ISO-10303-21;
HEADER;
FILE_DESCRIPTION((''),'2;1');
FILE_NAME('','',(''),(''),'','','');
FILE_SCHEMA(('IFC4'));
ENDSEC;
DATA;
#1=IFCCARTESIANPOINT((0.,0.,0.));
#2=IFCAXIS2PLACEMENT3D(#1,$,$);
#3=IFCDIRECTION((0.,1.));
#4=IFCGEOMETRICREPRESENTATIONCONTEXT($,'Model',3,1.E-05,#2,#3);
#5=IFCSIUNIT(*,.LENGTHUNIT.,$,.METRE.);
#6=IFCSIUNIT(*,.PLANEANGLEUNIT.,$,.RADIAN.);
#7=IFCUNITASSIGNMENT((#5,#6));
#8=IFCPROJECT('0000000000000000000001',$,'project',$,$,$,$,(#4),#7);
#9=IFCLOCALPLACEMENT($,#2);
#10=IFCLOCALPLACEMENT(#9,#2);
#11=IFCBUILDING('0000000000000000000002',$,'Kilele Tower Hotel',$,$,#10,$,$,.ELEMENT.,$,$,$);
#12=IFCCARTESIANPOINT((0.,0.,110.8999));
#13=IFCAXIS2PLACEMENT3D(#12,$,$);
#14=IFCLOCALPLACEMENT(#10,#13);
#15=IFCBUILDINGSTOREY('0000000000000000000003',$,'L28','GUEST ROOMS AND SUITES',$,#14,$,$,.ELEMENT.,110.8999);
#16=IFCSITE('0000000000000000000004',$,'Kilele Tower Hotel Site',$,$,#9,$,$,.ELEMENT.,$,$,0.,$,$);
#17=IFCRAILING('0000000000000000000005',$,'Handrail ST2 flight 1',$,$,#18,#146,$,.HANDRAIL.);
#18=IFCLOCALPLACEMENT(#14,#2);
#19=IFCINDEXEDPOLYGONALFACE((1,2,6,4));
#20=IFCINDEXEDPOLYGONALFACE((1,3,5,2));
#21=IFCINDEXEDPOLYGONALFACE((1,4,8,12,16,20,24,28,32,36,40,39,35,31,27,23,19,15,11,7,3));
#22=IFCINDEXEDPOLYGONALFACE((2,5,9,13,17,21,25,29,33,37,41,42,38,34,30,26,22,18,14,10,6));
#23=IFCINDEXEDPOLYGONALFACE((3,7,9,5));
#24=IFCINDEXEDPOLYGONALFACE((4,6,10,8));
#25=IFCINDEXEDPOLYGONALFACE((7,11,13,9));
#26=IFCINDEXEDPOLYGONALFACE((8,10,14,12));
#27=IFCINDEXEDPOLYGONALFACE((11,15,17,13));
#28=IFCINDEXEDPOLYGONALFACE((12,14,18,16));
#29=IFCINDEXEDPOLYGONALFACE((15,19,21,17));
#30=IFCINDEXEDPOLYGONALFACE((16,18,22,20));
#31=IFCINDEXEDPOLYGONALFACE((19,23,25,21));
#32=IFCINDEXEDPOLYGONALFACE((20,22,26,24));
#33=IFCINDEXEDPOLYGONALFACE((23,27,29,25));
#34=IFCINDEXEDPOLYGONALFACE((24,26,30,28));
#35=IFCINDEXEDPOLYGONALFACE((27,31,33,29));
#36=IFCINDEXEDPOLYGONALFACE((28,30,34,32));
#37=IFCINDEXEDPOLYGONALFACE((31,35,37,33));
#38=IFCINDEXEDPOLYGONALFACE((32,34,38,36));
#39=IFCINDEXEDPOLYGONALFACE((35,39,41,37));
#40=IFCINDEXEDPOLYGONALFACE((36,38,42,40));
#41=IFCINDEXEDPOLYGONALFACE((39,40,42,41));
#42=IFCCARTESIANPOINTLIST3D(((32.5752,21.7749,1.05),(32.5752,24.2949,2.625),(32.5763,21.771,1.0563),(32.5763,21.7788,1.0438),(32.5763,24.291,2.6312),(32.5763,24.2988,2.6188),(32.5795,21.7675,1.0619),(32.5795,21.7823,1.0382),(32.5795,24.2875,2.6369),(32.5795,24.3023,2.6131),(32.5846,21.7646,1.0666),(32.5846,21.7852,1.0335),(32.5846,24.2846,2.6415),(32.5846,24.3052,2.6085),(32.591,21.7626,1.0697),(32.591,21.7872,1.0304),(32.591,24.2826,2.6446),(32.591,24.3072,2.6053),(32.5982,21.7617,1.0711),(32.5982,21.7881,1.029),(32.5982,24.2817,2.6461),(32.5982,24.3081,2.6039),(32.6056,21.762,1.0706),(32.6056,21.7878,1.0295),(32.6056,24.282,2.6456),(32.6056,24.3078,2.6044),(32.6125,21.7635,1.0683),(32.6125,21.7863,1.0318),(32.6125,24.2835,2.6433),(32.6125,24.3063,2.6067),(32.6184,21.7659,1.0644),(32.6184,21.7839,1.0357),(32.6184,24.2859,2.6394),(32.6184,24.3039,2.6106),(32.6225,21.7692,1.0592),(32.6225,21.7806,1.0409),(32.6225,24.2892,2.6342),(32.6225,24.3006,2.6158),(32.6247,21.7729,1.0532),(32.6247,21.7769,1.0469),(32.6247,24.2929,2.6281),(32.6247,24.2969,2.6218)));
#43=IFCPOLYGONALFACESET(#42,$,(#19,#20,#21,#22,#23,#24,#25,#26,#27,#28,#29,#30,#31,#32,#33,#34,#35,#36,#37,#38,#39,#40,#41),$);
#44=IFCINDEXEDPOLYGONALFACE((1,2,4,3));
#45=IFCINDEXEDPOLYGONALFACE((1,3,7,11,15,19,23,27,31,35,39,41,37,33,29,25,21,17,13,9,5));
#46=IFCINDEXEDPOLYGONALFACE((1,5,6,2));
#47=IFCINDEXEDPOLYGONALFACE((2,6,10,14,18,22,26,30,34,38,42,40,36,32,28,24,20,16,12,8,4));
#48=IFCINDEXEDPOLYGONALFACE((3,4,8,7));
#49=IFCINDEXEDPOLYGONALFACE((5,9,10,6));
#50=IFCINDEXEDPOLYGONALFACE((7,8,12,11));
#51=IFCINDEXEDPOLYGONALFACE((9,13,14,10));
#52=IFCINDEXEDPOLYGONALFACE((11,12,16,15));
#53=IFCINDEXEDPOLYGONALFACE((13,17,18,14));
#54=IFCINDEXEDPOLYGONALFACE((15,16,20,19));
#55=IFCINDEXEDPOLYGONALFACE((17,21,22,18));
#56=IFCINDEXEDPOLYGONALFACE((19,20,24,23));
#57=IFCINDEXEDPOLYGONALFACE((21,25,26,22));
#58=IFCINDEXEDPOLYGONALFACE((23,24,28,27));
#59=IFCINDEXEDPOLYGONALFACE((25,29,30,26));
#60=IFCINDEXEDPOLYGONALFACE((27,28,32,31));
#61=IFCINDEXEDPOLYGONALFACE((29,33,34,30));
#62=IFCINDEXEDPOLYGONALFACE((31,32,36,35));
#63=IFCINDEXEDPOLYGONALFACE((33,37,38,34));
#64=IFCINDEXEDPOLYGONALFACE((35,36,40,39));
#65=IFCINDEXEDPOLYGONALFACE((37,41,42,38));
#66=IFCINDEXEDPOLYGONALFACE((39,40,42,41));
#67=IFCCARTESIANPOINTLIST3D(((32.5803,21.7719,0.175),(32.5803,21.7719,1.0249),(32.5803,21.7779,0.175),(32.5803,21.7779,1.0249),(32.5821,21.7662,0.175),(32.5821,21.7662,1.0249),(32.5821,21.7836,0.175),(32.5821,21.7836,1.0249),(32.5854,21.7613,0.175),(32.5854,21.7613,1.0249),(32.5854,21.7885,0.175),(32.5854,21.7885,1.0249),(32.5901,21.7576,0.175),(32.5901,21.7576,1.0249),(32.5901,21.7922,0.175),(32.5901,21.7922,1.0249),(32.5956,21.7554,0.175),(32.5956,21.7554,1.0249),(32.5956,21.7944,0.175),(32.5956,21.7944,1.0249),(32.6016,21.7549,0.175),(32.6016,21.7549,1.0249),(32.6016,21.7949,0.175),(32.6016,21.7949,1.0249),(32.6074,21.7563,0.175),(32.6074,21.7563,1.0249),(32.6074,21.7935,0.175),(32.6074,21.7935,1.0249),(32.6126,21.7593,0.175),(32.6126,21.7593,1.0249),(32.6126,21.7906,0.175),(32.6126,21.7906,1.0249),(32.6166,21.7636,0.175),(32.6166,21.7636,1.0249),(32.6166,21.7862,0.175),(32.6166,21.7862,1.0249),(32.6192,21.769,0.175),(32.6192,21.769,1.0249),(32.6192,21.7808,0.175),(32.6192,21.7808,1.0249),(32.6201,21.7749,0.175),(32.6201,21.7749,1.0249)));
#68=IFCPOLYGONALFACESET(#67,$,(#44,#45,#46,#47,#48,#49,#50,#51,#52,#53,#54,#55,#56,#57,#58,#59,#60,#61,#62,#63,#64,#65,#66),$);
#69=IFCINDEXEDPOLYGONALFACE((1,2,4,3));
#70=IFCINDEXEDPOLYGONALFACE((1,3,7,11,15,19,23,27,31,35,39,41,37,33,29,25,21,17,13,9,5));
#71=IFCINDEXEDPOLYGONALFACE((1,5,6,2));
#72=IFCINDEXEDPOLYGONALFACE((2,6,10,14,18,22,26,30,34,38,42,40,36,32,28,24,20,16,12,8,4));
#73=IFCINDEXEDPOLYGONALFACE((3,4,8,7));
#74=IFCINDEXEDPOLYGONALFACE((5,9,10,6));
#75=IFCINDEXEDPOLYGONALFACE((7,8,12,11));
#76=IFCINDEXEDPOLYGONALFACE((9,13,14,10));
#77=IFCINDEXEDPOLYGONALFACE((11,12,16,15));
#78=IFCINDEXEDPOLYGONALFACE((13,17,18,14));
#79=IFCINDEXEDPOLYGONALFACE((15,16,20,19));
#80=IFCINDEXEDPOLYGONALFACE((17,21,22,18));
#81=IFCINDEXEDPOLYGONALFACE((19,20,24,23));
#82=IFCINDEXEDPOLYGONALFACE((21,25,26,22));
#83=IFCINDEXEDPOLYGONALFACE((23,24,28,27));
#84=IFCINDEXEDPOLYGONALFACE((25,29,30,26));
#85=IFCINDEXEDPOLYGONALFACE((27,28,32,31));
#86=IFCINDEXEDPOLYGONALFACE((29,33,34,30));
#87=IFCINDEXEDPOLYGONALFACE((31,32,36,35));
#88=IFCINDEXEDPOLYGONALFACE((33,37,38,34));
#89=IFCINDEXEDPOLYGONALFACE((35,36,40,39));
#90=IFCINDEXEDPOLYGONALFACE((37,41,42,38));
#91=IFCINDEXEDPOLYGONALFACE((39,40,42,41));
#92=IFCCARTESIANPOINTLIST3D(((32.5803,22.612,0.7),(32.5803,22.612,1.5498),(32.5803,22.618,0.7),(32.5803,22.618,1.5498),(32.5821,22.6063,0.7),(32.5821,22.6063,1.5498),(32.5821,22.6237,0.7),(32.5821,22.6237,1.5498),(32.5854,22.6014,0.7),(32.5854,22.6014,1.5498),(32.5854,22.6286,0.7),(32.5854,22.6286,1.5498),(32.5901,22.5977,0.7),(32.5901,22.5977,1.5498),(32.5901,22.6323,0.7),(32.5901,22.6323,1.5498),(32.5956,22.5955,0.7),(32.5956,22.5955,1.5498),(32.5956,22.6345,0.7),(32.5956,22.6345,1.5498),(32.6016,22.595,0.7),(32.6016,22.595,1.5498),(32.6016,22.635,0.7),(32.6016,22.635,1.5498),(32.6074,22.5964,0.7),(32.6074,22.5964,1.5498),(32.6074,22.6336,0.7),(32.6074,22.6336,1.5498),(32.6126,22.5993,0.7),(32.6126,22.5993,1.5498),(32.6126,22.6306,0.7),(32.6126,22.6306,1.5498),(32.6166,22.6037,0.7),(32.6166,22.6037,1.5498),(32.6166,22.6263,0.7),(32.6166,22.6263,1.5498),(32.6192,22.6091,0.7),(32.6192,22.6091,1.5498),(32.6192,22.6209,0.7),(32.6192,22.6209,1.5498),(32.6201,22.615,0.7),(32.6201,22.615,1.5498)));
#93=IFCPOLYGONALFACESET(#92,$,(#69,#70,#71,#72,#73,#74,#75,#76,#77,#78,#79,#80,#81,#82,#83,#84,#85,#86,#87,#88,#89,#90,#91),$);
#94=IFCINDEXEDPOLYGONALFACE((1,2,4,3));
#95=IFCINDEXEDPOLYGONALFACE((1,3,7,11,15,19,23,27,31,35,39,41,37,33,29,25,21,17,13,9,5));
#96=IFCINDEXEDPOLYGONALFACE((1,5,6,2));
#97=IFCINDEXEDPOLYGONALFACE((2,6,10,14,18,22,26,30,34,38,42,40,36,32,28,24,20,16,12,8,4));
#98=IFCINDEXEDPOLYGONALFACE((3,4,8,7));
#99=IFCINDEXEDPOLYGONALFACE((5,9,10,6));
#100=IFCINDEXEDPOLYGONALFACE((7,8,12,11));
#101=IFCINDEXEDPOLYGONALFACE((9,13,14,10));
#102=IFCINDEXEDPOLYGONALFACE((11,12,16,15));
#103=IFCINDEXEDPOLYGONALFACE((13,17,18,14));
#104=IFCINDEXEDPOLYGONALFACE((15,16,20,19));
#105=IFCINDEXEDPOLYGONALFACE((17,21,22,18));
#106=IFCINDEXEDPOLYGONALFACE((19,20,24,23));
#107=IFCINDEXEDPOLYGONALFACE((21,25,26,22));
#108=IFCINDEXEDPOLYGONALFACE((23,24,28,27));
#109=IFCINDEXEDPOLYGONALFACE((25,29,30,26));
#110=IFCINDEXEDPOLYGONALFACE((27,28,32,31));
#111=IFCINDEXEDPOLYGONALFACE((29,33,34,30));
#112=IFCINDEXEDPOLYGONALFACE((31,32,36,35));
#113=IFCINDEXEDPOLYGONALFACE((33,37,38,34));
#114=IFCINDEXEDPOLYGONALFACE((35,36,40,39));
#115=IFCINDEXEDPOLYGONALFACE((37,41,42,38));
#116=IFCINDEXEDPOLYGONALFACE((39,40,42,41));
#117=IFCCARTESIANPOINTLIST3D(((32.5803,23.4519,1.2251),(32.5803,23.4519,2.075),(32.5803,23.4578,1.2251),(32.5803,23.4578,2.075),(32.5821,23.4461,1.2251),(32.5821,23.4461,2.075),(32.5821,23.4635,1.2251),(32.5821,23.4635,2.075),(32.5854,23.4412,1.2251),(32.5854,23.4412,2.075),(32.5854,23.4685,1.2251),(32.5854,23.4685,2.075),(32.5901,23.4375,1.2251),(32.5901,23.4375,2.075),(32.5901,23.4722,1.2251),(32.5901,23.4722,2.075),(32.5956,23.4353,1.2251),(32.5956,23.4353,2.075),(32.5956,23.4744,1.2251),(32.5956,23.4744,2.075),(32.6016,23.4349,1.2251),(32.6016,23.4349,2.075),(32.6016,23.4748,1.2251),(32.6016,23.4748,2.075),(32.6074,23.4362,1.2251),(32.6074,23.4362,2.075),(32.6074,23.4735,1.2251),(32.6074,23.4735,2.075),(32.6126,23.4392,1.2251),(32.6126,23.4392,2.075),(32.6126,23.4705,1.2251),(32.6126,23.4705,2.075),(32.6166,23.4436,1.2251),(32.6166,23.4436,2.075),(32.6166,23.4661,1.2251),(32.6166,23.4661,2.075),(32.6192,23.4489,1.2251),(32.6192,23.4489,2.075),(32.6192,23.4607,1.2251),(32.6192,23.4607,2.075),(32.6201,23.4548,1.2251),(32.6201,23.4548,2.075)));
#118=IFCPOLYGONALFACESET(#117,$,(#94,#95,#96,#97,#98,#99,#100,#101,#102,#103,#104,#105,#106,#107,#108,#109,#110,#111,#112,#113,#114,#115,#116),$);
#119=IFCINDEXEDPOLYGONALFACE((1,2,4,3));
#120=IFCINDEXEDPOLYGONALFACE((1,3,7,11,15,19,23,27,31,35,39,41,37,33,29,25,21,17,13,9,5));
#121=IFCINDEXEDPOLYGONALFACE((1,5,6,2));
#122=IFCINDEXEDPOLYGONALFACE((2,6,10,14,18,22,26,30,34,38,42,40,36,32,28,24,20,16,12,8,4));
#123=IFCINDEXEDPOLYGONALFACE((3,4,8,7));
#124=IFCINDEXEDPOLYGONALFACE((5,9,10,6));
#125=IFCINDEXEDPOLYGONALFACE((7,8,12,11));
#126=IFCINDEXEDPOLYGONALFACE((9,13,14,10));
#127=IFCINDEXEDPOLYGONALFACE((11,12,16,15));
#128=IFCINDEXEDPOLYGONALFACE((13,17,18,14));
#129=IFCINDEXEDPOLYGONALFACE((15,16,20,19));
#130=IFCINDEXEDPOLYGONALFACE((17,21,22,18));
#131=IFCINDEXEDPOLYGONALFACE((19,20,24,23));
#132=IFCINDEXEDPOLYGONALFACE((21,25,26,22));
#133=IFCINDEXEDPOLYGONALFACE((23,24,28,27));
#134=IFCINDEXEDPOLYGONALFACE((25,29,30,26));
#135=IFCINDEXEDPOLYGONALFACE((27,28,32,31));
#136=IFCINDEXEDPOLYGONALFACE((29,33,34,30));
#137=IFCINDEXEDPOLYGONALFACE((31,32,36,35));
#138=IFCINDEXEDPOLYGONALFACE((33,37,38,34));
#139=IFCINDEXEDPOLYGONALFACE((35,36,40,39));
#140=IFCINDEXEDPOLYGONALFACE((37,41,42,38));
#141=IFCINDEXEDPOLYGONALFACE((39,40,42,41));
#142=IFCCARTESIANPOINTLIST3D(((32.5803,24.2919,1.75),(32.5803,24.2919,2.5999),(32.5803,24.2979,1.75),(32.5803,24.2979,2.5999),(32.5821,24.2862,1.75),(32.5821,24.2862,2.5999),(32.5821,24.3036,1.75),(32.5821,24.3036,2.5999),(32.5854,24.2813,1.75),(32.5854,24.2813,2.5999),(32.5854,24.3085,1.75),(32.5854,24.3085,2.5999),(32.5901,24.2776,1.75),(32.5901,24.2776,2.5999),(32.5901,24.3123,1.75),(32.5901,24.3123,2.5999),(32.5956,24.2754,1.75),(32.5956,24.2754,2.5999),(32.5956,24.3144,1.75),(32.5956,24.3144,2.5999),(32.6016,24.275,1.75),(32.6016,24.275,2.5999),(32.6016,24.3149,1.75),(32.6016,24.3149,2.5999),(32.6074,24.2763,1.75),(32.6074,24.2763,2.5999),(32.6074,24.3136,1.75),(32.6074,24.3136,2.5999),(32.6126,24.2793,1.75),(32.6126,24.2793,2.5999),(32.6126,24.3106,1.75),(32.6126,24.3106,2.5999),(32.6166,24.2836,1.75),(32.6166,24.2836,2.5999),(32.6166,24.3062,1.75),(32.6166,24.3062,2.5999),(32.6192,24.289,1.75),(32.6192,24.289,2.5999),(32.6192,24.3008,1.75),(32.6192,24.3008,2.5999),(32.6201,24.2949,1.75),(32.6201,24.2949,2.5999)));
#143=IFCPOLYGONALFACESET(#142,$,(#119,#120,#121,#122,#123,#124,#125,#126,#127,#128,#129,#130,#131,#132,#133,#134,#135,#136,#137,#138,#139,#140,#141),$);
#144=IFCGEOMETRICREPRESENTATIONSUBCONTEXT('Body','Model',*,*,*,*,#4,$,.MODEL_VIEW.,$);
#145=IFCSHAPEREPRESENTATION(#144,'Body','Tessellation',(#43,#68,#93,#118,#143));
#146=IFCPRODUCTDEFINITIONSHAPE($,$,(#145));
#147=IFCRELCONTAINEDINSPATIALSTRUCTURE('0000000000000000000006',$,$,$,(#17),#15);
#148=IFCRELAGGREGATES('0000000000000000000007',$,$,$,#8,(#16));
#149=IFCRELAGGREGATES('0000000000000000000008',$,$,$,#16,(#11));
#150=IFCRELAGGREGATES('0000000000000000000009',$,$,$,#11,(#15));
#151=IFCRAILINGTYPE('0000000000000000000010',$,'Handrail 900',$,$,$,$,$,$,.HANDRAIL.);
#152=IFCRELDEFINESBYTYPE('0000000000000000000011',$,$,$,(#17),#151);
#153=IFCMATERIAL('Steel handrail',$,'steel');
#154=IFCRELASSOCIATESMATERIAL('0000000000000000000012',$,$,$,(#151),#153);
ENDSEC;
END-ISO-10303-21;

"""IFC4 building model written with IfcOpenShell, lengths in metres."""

from ifc_helpers import new_model, si_unit, direction, frame, origin, origin_2d, place, context, subcontext, project, spatial, circle, extrude, material, type_object, element, save


model = new_model("IFC4")

# Units and contexts
model_context = context("Model", 3, precision=1e-05, world=origin(), true_north=direction((0.0, 1.0)))
body_context = subcontext(model_context, "Body", "Model", "MODEL_VIEW")
ifc_project = project(units=[si_unit("LENGTHUNIT", "METRE"), si_unit("PLANEANGLEUNIT", "RADIAN")], contexts=[model_context])

# Site, building, storey
site_placement = place(None, origin())
site = spatial("IfcSite", under=ifc_project, at=site_placement, Name="Kilele Tower Hotel Site", CompositionType="ELEMENT", RefElevation=0.0)
building_placement = place(site_placement, origin())
building = spatial("IfcBuilding", under=site, at=building_placement, Name="Kilele Tower Hotel", CompositionType="ELEMENT")
storey_placement = place(building_placement, frame((0.0, 0.0, 110.8999)))
storey = spatial("IfcBuildingStorey", under=building, at=storey_placement, Name="L28", Description="GUEST ROOMS AND SUITES", CompositionType="ELEMENT", Elevation=110.8999)

# Railing
ifc_material_1 = material(Name="Steel handrail", Category="steel")
railing_type_1 = type_object("IfcRailingType", Name="Handrail 900", PredefinedType="HANDRAIL", material=ifc_material_1)
for number, where, name in (
    (1, (32.6001, 21.7749, 0.175), "Handrail ST2 flight 1"),
):
    element("IfcRailing", number, at=place(storey_placement, frame(where)), inside=storey, type_object=railing_type_1, Name=name, PredefinedType="HANDRAIL", context=body_context, shape_type="SweptSolid", body=[
        extrude(circle(Radius=0.0249, at=origin_2d()), frame((0.0, 0.0, 0.875), z_axis=(0.0, 0.848008, 0.529984), x_axis=(-1.0, 0.0, 0.0)), (0.0, 0.0, 1.0), 2.9717),
        extrude(circle(Radius=0.02, at=origin_2d()), origin(), (0.0, 0.0, 1.0), 0.8499),
        extrude(circle(Radius=0.02, at=origin_2d()), frame((0.0, 0.8401, 0.5249)), (0.0, 0.0, 1.0), 0.8499),
        extrude(circle(Radius=0.02, at=origin_2d()), frame((0.0, 1.6799, 1.05)), (0.0, 0.0, 1.0), 0.8499),
        extrude(circle(Radius=0.02, at=origin_2d()), frame((0.0, 2.52, 1.575)), (0.0, 0.0, 1.0), 0.8499),
    ])

save(model, "model.ifc")
